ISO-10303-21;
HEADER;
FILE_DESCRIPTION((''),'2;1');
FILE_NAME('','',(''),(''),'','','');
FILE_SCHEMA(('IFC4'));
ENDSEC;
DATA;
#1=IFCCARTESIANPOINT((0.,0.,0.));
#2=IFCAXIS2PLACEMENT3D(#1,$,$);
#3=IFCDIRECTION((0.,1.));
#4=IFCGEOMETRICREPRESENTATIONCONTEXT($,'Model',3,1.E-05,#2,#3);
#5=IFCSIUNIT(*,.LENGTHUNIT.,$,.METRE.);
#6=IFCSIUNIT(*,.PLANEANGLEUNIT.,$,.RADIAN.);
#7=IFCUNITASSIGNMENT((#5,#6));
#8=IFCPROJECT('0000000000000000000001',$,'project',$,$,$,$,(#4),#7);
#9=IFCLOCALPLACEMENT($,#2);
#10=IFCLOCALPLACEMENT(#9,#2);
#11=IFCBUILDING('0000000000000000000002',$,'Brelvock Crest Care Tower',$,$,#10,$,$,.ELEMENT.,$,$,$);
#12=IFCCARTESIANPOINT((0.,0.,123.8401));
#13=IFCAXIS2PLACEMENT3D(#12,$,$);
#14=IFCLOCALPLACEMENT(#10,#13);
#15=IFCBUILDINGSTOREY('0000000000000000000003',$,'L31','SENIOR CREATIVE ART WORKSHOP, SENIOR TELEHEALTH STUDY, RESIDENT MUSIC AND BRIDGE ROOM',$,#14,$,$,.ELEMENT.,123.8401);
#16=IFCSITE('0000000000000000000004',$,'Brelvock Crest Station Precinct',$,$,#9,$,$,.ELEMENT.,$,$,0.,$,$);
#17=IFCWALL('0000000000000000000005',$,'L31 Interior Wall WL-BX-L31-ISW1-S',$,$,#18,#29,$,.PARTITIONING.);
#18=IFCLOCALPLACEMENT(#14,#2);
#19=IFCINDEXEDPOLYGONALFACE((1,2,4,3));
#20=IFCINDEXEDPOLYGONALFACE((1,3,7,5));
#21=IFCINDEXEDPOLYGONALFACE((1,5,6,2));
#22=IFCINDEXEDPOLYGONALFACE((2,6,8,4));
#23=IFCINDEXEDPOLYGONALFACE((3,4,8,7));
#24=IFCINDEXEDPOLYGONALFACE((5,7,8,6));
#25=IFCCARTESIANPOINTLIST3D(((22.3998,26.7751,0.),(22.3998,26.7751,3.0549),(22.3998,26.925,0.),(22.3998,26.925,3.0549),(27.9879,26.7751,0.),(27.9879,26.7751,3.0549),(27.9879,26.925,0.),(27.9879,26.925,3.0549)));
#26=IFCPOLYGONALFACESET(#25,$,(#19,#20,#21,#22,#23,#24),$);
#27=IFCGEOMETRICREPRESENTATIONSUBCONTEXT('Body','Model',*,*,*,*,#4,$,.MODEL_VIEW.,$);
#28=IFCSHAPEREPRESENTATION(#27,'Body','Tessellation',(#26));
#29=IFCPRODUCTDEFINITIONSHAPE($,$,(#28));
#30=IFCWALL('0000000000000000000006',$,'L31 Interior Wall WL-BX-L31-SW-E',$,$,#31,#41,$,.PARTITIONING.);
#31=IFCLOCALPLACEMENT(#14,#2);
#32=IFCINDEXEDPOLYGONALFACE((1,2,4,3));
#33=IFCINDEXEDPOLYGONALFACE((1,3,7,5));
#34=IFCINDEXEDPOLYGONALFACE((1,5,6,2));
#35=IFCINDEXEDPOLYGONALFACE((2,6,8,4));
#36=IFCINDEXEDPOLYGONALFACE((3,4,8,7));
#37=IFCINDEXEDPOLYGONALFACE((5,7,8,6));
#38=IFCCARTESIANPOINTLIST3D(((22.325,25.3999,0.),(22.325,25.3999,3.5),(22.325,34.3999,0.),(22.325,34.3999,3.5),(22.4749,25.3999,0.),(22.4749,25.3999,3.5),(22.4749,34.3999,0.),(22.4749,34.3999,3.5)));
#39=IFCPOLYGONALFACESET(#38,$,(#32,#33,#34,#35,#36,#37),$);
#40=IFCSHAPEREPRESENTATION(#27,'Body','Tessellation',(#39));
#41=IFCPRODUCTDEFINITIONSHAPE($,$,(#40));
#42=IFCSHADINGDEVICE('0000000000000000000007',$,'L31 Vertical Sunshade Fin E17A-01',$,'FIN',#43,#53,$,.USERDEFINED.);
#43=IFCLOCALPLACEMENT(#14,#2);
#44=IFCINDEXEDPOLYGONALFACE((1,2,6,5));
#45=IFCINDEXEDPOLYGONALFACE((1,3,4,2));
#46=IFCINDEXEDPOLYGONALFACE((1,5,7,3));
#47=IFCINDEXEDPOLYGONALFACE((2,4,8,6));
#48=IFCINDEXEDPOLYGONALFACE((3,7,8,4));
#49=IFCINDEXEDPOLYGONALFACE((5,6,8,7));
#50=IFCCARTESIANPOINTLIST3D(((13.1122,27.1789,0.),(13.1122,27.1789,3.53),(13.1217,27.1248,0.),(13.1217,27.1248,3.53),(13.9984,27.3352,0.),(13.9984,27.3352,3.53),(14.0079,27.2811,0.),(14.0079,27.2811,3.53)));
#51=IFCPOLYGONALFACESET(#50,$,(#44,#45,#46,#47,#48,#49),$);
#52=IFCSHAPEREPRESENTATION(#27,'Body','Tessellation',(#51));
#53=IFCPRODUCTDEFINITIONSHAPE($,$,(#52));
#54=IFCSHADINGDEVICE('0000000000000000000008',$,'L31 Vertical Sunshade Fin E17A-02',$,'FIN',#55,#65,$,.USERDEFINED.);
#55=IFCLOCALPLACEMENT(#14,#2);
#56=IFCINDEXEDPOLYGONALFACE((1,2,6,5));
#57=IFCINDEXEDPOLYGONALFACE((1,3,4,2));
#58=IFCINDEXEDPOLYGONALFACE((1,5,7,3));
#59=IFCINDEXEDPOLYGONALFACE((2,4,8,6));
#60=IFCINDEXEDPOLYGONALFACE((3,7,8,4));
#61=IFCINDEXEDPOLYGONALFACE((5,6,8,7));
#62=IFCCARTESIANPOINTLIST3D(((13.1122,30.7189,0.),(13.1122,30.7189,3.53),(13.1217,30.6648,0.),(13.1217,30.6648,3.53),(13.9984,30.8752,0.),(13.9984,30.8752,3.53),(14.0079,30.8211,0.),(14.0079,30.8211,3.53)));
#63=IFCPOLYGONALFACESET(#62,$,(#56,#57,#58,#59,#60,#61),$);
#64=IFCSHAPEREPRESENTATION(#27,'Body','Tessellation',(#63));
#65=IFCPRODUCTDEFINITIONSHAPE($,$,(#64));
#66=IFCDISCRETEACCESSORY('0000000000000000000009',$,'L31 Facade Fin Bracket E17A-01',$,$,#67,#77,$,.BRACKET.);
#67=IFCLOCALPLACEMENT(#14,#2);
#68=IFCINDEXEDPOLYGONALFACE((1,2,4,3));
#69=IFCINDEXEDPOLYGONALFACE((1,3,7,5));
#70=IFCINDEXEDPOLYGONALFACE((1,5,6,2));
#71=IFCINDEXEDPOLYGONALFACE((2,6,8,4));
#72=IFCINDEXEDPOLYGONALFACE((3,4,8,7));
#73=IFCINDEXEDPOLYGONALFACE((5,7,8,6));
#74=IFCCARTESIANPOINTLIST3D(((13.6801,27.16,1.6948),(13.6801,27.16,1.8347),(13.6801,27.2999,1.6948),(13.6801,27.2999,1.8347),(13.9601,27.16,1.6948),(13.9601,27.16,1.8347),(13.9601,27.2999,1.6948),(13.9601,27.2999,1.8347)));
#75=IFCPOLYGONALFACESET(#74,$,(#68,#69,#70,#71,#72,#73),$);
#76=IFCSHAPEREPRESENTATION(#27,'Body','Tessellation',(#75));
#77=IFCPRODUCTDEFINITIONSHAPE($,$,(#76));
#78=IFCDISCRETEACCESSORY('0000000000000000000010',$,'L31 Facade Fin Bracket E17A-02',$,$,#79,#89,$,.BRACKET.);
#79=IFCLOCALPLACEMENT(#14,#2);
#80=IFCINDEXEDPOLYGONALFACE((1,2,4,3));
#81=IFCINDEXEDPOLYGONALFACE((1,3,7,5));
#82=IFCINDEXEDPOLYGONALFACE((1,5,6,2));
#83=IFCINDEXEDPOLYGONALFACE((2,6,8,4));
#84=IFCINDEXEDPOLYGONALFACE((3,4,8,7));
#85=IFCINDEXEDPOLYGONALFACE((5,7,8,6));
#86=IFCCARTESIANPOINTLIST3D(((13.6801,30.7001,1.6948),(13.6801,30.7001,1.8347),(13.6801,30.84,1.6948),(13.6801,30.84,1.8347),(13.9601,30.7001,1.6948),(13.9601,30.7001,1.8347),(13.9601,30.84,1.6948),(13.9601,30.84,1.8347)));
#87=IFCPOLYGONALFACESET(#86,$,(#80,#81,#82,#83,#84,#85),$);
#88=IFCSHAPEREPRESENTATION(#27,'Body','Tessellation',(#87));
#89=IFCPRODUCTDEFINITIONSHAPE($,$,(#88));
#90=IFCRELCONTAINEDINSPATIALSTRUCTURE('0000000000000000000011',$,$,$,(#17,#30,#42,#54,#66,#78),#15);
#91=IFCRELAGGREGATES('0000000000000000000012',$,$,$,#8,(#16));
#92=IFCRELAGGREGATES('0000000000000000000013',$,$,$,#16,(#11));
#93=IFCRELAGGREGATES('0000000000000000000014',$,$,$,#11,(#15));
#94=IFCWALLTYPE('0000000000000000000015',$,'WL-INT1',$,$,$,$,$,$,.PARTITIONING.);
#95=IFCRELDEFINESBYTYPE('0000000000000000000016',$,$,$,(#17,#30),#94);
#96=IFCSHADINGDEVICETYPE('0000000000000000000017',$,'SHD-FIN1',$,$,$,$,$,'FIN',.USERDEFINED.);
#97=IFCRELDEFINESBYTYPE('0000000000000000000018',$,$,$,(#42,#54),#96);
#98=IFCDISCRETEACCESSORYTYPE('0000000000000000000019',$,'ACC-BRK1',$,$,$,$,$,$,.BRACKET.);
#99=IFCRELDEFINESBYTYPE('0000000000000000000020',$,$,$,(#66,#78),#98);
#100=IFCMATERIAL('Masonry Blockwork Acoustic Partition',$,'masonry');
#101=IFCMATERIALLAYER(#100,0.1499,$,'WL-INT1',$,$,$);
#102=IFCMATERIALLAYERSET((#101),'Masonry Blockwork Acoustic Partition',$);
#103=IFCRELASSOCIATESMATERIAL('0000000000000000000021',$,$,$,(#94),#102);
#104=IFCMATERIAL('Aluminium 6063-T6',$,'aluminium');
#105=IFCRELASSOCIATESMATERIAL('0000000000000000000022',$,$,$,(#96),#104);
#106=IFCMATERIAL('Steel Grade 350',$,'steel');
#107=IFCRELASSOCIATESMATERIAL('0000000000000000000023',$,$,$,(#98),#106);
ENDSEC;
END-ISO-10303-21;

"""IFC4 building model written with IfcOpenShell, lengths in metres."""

from ifc_helpers import new_model, si_unit, direction, frame, frame_2d, origin, origin_2d, place, context, subcontext, project, spatial, rectangle, extrude, source, transform, mapped, material, layer, layer_set, material_profile, profile_set, type_object, element, save


model = new_model("IFC4")

# Units and contexts
model_context = context("Model", 3, precision=1e-05, world=origin(), true_north=direction((0.0, 1.0)))
body_context = subcontext(model_context, "Body", "Model", "MODEL_VIEW")
ifc_project = project(units=[si_unit("LENGTHUNIT", "METRE"), si_unit("PLANEANGLEUNIT", "RADIAN")], contexts=[model_context])

# Site, building, storey
site_placement = place(None, origin())
site = spatial("IfcSite", under=ifc_project, at=site_placement, Name="Brelvock Crest Station Precinct", CompositionType="ELEMENT", RefElevation=0.0)
building_placement = place(site_placement, origin())
building = spatial("IfcBuilding", under=site, at=building_placement, Name="Brelvock Crest Care Tower", CompositionType="ELEMENT")
storey_placement = place(building_placement, frame((0.0, 0.0, 123.8401)))
storey = spatial("IfcBuildingStorey", under=building, at=storey_placement, Name="L31", Description="SENIOR CREATIVE ART WORKSHOP, SENIOR TELEHEALTH STUDY, RESIDENT MUSIC AND BRIDGE ROOM", CompositionType="ELEMENT", Elevation=123.8401)

# Shared definitions
ifc_material_1 = material(Name="Steel Grade 350", Category="steel")

# Shared definitions
ifc_material_2 = material(Name="Aluminium 6063-T6", Category="aluminium")

# Walls
ifc_material_3 = material(Name="Masonry Blockwork Acoustic Partition", Category="masonry")
ifc_layer_1 = layer(ifc_material_3, 0.1499, Name="WL-INT1")
ifc_layer_set_1 = layer_set([ifc_layer_1], Name="Masonry Blockwork Acoustic Partition")
wall_type_1 = type_object("IfcWallType", Name="WL-INT1", PredefinedType="PARTITIONING", material=ifc_layer_set_1)
wall_1_placement = place(storey_placement, frame((22.3999, 26.8501, 0.0), z_axis=(0.0, 0.0, 1.0), x_axis=(1.0, 0.0, 0.0)))
element("IfcWall", 1, at=wall_1_placement, inside=storey, type_object=wall_type_1, Name="L31 Interior Wall WL-BX-L31-ISW1-S", PredefinedType="PARTITIONING", context=body_context, shape_type="SweptSolid", body=[
    extrude(rectangle(XDim=5.5881, YDim=0.1499, at=frame_2d((2.7939, 0.0))), origin(), (0.0, 0.0, 1.0), 3.0549),
])
wall_2_placement = place(storey_placement, frame((22.3999, 25.3999, 0.0), z_axis=(0.0, 0.0, 1.0), x_axis=(0.0, 1.0, 0.0)))
element("IfcWall", 2, at=wall_2_placement, inside=storey, type_object=wall_type_1, Name="L31 Interior Wall WL-BX-L31-SW-E", PredefinedType="PARTITIONING", context=body_context, shape_type="SweptSolid", body=[
    extrude(rectangle(XDim=9.0, YDim=0.1499, at=frame_2d((4.5, 0.0))), origin(), (0.0, 0.0, 1.0), 3.5),
])

# Shading devices
ifc_material_profile_1 = material_profile(ifc_material_2, rectangle(XDim=0.0549, YDim=0.8999, at=origin_2d()), Name="FIN55x900")
ifc_profile_set_1 = profile_set([ifc_material_profile_1], Name="Aluminium 6063-T6")
shading_device_type = type_object("IfcShadingDeviceType", Name="SHD-FIN1", ElementType="FIN", PredefinedType="USERDEFINED", material=ifc_profile_set_1)
shared_shape_1 = source(origin(), body_context, "Body", "SweptSolid", [
    extrude(rectangle(XDim=0.0549, YDim=0.8999, at=origin_2d()), origin(), (0.0, 0.0, 1.0), 3.53),
])
for number, where, z_axis, x_axis, name in (
    (3, (13.5601, 27.23, 0.0), (0.0, 0.0, 1.0), (-0.173648, 0.984808, 0.0), "L31 Vertical Sunshade Fin E17A-01"),
    (4, (13.5601, 30.77, 0.0), (0.0, 0.0, 1.0), (-0.173648, 0.984808, 0.0), "L31 Vertical Sunshade Fin E17A-02"),
):
    element("IfcShadingDevice", number, at=place(storey_placement, frame(where, z_axis=z_axis, x_axis=x_axis)), inside=storey, type_object=shading_device_type, Name=name, ObjectType="FIN", PredefinedType="USERDEFINED", context=body_context, shape_type="MappedRepresentation", body=[
        mapped(shared_shape_1, transform((0.0, 0.0, 0.0), x_axis=(1.0, 0.0, 0.0), y_axis=(0.0, 1.0, 0.0), z_axis=(0.0, 0.0, 1.0), scale=1.0)),
    ])

# Discrete accessories
discrete_accessory_type = type_object("IfcDiscreteAccessoryType", Name="ACC-BRK1", PredefinedType="BRACKET", material=ifc_material_1)
shared_shape_2 = source(origin(), body_context, "Body", "SweptSolid", [
    extrude(rectangle(XDim=0.28, YDim=0.1399, at=origin_2d()), origin(), (0.0, 0.0, 1.0), 0.1399),
])
for number, where, z_axis, x_axis, name in (
    (5, (13.8201, 27.23, 1.6948), (0.0, 0.0, 1.0), (-1.0, 0.0, 0.0), "L31 Facade Fin Bracket E17A-01"),
    (6, (13.8201, 30.77, 1.6948), (0.0, 0.0, 1.0), (-1.0, 0.0, 0.0), "L31 Facade Fin Bracket E17A-02"),
):
    element("IfcDiscreteAccessory", number, at=place(storey_placement, frame(where, z_axis=z_axis, x_axis=x_axis)), inside=storey, type_object=discrete_accessory_type, Name=name, PredefinedType="BRACKET", context=body_context, shape_type="MappedRepresentation", body=[
        mapped(shared_shape_2, transform((0.0, 0.0, 0.0), x_axis=(1.0, 0.0, 0.0), y_axis=(0.0, 1.0, 0.0), z_axis=(0.0, 0.0, 1.0), scale=1.0)),
    ])

save(model, "model.ifc")
